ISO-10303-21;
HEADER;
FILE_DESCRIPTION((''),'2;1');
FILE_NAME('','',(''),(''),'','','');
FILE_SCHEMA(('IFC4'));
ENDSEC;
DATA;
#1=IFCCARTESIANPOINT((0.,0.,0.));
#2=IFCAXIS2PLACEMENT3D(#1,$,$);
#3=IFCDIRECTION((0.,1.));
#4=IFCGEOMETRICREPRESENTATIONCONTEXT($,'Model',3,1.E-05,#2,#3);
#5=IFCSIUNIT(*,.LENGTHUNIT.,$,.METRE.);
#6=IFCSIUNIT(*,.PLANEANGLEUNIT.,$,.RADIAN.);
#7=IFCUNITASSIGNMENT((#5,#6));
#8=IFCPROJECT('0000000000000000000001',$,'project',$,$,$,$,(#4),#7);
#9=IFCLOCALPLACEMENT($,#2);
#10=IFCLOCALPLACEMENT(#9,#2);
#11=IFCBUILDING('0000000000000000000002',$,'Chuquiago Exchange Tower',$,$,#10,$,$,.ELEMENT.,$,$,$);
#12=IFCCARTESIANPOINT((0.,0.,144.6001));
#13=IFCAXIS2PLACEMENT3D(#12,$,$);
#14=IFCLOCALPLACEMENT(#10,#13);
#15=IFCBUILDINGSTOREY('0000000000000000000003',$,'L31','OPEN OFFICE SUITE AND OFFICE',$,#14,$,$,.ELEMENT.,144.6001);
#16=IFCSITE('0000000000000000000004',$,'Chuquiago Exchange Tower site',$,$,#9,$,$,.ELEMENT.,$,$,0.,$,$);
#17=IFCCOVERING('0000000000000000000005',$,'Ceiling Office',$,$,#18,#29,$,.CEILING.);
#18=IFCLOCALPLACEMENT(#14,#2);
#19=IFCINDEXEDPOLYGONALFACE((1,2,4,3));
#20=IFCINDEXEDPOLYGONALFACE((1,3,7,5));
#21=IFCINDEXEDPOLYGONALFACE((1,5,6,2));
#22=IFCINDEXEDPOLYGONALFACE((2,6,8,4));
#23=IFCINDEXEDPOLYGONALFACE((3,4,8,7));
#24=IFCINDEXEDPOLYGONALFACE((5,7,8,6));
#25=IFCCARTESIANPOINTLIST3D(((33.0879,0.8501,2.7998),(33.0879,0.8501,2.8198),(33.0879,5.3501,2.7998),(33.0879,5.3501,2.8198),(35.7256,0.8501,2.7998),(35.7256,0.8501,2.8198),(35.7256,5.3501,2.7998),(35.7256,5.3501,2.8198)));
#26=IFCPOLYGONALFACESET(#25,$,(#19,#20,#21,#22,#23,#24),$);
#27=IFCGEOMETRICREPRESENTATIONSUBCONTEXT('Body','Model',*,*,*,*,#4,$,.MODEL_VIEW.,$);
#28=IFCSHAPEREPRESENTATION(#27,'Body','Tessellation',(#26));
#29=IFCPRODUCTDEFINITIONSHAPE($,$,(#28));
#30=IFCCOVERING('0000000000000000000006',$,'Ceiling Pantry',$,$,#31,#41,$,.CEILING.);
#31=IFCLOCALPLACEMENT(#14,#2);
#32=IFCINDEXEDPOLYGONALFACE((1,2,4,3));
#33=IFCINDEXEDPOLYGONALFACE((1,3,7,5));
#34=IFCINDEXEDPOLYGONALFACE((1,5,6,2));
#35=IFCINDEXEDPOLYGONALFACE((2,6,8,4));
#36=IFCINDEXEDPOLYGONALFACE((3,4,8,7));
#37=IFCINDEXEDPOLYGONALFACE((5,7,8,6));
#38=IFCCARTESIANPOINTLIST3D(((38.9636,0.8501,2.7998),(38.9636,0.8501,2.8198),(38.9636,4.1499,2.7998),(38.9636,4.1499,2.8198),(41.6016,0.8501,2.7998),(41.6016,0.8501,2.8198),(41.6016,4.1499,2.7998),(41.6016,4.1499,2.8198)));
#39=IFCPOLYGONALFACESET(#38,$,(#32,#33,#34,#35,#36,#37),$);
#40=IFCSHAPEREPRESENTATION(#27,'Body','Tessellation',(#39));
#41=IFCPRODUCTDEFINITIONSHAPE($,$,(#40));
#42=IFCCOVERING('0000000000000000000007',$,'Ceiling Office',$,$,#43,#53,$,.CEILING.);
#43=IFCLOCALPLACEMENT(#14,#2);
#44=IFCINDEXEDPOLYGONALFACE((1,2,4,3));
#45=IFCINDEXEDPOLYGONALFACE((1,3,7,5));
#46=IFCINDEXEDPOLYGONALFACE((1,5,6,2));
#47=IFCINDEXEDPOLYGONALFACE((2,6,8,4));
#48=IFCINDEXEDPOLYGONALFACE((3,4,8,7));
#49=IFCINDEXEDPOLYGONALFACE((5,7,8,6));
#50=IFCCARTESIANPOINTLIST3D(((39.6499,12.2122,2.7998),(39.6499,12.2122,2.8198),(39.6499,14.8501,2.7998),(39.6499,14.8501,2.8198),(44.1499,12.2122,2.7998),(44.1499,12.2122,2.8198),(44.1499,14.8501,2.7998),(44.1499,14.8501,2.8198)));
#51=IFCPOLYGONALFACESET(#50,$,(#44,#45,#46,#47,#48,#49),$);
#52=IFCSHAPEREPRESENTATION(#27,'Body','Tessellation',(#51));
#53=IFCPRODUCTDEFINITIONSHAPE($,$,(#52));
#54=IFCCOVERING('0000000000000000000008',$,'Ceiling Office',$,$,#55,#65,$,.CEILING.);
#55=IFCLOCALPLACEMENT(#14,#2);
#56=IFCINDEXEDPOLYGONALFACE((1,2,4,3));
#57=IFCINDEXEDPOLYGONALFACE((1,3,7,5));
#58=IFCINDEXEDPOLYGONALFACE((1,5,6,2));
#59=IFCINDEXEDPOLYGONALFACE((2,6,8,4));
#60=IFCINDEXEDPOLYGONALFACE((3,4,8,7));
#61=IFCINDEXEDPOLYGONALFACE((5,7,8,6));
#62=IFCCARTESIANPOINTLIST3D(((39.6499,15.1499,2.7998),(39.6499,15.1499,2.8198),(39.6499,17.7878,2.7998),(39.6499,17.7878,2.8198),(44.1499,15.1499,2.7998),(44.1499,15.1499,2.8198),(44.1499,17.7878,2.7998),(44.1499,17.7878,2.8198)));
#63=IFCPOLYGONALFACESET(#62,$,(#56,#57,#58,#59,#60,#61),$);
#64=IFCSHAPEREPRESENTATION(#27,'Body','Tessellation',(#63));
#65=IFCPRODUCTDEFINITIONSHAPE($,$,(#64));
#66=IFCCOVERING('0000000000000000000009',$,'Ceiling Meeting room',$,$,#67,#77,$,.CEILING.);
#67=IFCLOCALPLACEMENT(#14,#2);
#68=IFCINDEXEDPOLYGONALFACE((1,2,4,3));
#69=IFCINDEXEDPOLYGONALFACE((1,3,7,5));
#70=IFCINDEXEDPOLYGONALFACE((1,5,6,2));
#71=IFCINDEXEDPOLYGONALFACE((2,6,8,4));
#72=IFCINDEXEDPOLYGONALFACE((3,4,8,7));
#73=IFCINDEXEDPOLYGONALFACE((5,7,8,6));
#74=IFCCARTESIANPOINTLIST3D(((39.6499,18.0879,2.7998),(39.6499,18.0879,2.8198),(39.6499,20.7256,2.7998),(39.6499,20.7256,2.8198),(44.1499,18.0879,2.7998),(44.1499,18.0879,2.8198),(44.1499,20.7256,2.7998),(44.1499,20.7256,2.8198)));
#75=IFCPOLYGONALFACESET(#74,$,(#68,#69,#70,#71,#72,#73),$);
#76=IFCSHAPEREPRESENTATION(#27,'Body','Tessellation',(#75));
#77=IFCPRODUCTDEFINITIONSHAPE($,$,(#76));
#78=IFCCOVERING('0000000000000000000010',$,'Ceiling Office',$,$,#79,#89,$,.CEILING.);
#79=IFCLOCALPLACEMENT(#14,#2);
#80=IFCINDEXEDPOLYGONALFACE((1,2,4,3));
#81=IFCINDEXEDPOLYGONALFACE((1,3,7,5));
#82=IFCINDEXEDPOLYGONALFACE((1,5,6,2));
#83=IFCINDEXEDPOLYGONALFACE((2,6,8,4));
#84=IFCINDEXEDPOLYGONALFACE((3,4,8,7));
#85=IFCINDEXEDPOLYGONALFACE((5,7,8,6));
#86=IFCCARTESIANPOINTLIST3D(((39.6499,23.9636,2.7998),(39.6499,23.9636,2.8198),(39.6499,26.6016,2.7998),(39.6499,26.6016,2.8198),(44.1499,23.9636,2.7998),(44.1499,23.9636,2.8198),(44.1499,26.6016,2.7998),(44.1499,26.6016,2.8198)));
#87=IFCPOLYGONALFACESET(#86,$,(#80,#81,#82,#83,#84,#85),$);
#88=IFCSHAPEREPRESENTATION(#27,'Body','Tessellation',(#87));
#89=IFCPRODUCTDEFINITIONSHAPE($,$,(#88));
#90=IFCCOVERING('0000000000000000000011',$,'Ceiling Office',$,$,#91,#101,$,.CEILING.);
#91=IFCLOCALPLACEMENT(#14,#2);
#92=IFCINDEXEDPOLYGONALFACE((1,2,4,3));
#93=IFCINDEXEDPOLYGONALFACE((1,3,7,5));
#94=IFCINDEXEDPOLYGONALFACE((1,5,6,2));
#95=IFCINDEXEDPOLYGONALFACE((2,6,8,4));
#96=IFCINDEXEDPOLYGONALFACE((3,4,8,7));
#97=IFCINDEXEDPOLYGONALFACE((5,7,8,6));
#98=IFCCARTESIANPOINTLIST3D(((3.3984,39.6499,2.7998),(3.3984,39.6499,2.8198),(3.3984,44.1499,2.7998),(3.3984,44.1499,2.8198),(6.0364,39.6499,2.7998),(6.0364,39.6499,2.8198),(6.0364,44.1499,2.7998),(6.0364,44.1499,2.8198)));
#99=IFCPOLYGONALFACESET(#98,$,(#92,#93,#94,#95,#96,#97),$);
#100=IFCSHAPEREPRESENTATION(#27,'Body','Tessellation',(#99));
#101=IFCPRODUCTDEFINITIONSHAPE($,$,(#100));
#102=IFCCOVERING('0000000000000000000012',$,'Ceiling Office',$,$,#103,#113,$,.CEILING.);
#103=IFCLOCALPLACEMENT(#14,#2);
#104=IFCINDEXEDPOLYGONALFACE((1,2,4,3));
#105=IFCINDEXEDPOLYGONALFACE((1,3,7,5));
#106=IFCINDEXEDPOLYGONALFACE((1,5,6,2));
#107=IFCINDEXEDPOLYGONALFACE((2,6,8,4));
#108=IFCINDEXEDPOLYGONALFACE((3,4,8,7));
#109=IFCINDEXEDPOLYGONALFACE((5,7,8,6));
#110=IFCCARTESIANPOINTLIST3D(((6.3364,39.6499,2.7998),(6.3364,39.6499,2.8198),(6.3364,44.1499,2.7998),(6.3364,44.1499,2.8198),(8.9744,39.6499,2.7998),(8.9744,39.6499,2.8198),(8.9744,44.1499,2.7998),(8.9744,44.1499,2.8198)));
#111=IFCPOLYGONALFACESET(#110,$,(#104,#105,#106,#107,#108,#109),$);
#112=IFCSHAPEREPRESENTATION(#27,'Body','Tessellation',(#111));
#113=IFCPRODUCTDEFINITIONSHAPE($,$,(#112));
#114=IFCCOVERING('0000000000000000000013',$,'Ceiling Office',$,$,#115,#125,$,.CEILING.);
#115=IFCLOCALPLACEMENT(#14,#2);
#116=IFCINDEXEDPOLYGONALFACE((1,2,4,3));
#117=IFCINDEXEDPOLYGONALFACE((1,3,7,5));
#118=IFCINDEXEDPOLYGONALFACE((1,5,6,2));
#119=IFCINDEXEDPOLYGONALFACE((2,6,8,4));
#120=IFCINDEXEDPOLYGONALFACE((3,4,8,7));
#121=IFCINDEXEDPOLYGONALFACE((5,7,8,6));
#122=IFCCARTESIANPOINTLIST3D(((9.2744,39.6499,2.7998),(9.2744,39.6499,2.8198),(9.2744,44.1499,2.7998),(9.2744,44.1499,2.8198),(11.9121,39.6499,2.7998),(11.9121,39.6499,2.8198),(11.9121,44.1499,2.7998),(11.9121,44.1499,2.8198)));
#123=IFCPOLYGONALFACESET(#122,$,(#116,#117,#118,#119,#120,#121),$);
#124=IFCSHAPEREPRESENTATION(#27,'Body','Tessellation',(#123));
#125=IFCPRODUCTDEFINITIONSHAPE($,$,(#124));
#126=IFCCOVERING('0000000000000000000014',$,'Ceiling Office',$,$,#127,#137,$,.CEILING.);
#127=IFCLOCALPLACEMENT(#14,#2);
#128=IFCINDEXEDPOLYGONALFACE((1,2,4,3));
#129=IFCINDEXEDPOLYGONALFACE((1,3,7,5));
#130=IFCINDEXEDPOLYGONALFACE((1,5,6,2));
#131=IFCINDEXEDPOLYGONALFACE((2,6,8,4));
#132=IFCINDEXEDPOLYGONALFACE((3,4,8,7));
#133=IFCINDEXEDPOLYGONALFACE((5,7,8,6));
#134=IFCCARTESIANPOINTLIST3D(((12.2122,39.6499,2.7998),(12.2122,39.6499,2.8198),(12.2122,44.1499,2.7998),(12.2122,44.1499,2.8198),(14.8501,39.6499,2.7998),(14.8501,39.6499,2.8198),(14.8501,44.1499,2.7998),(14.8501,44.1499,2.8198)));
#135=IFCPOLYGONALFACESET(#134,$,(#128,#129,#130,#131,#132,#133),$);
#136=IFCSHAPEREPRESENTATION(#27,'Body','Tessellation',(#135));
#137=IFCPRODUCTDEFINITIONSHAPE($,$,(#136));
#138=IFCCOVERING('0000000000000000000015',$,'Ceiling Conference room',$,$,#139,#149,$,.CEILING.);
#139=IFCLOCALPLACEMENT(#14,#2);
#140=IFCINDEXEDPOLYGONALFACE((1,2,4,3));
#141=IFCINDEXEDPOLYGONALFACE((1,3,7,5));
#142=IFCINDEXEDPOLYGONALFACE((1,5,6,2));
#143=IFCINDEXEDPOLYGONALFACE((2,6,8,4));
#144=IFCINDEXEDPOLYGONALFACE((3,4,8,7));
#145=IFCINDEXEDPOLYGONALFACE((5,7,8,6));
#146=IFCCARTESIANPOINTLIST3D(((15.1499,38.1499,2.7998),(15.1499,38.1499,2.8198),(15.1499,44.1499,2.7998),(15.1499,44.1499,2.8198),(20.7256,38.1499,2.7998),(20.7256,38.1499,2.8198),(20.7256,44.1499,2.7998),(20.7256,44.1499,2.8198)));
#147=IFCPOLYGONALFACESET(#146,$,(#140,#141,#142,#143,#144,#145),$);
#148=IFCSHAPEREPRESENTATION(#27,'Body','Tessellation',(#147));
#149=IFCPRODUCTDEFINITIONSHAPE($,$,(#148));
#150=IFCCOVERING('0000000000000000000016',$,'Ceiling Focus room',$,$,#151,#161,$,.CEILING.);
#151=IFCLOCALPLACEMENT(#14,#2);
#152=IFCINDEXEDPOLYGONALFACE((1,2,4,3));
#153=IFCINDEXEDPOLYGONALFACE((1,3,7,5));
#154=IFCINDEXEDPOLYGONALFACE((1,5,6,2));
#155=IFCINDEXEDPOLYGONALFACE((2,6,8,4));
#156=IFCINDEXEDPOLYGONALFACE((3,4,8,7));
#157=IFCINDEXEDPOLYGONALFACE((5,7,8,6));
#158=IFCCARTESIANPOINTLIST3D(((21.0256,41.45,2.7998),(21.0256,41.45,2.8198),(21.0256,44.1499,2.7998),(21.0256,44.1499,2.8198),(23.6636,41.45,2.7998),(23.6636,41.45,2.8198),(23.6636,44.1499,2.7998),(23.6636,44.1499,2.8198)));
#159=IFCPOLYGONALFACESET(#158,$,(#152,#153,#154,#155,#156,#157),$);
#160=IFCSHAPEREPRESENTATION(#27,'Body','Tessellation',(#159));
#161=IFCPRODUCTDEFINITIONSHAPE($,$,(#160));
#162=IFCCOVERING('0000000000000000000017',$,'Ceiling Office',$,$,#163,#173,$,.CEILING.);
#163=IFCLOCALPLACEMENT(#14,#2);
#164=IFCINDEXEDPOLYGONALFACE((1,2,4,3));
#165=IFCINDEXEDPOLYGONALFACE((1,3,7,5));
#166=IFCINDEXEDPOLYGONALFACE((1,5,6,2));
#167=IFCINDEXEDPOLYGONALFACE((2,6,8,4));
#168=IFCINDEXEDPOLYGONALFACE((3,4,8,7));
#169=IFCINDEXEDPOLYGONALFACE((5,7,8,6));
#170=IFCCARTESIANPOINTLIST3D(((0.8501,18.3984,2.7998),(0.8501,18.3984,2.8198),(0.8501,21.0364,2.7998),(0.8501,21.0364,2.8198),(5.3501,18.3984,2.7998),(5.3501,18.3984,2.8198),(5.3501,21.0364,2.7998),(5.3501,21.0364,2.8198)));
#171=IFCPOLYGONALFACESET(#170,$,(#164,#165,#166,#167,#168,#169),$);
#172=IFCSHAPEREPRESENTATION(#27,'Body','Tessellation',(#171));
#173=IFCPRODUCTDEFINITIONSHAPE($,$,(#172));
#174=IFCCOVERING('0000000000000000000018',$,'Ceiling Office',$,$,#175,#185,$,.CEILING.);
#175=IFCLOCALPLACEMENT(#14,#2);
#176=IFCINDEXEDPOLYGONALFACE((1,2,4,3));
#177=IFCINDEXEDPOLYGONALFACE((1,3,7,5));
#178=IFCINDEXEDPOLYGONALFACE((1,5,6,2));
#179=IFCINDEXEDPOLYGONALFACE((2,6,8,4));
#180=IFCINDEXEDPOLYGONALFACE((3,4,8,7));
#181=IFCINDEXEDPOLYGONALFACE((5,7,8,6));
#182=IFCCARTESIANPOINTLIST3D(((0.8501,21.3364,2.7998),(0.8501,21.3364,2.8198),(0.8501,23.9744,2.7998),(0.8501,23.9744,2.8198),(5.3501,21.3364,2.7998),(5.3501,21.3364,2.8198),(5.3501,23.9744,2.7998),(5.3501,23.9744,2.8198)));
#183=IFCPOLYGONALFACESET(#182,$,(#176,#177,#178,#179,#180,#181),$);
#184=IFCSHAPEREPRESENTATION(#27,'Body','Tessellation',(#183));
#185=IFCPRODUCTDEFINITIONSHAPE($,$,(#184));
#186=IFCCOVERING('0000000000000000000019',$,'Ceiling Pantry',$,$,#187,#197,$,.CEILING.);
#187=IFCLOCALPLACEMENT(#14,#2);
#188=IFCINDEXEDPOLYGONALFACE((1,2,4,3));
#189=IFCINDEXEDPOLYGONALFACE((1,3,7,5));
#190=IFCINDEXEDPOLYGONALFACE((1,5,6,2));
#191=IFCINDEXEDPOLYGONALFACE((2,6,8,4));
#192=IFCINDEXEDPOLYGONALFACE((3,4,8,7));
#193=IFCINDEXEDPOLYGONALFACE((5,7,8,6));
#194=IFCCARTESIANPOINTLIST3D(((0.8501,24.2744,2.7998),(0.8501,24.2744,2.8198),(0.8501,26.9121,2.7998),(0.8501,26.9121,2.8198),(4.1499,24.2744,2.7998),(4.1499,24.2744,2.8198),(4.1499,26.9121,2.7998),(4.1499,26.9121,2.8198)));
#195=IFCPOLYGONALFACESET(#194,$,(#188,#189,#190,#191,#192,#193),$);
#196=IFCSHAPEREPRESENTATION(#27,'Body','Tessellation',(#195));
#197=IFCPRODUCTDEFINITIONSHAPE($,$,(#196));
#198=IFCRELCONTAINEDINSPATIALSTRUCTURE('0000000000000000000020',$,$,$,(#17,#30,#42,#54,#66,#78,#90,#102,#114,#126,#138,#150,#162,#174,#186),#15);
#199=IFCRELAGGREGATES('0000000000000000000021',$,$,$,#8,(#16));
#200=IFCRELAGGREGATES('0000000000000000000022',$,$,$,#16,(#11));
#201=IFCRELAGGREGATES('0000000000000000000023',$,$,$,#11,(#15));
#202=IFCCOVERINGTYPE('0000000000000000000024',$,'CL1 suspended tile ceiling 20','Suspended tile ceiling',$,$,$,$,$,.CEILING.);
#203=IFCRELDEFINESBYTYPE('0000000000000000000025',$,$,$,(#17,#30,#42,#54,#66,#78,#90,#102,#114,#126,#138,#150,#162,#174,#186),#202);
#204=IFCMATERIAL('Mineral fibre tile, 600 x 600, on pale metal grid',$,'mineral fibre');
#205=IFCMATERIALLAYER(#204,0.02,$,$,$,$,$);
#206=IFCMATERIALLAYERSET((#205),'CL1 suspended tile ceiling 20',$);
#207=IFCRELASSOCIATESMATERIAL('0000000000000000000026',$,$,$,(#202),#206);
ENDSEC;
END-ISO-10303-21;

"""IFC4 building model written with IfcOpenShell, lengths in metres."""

from ifc_helpers import new_model, si_unit, direction, frame, origin, place, context, subcontext, project, spatial, polyline, outline, extrude, material, layer, layer_set, type_object, element, save


model = new_model("IFC4")

# Units and contexts
model_context = context("Model", 3, precision=1e-05, world=origin(), true_north=direction((0.0, 1.0)))
body_context = subcontext(model_context, "Body", "Model", "MODEL_VIEW")
ifc_project = project(units=[si_unit("LENGTHUNIT", "METRE"), si_unit("PLANEANGLEUNIT", "RADIAN")], contexts=[model_context])

# Site, building, storey
site_placement = place(None, origin())
site = spatial("IfcSite", under=ifc_project, at=site_placement, Name="Chuquiago Exchange Tower site", CompositionType="ELEMENT", RefElevation=0.0)
building_placement = place(site_placement, origin())
building = spatial("IfcBuilding", under=site, at=building_placement, Name="Chuquiago Exchange Tower", CompositionType="ELEMENT")
storey_placement = place(building_placement, frame((0.0, 0.0, 144.6001)))
storey = spatial("IfcBuildingStorey", under=building, at=storey_placement, Name="L31", Description="OPEN OFFICE SUITE AND OFFICE", CompositionType="ELEMENT", Elevation=144.6001)

# Coverings
ifc_material_1 = material(Name="Mineral fibre tile, 600 x 600, on pale metal grid", Category="mineral fibre")
ifc_layer_1 = layer(ifc_material_1, 0.02)
ifc_layer_set_1 = layer_set([ifc_layer_1], Name="CL1 suspended tile ceiling 20")
covering_type_1 = type_object("IfcCoveringType", Name="CL1 suspended tile ceiling 20", Description="Suspended tile ceiling", PredefinedType="CEILING", material=ifc_layer_set_1)
covering_1_placement = place(storey_placement, frame((0.0, 0.0, 2.7998)))
element("IfcCovering", 1, at=covering_1_placement, inside=storey, type_object=covering_type_1, Name="Ceiling Office", PredefinedType="CEILING", context=body_context, shape_type="SweptSolid", body=[
    extrude(outline(polyline([(33.0879, 5.3501), (35.7256, 5.3501), (35.7256, 0.8501), (33.0879, 0.8501), (33.0879, 5.3501)])), origin(), (0.0, 0.0, 1.0), 0.02),
])
covering_2_placement = place(storey_placement, frame((0.0, 0.0, 2.7998)))
element("IfcCovering", 2, at=covering_2_placement, inside=storey, type_object=covering_type_1, Name="Ceiling Pantry", PredefinedType="CEILING", context=body_context, shape_type="SweptSolid", body=[
    extrude(outline(polyline([(38.9636, 0.8501), (38.9636, 4.1499), (41.6016, 4.1499), (41.6016, 0.8501), (38.9636, 0.8501)])), origin(), (0.0, 0.0, 1.0), 0.02),
])
covering_3_placement = place(storey_placement, frame((0.0, 0.0, 2.7998)))
element("IfcCovering", 3, at=covering_3_placement, inside=storey, type_object=covering_type_1, Name="Ceiling Office", PredefinedType="CEILING", context=body_context, shape_type="SweptSolid", body=[
    extrude(outline(polyline([(39.6499, 12.2122), (39.6499, 14.8501), (44.1499, 14.8501), (44.1499, 12.2122), (39.6499, 12.2122)])), origin(), (0.0, 0.0, 1.0), 0.02),
])
covering_4_placement = place(storey_placement, frame((0.0, 0.0, 2.7998)))
element("IfcCovering", 4, at=covering_4_placement, inside=storey, type_object=covering_type_1, Name="Ceiling Office", PredefinedType="CEILING", context=body_context, shape_type="SweptSolid", body=[
    extrude(outline(polyline([(39.6499, 15.1499), (39.6499, 17.7878), (44.1499, 17.7878), (44.1499, 15.1499), (39.6499, 15.1499)])), origin(), (0.0, 0.0, 1.0), 0.02),
])
covering_5_placement = place(storey_placement, frame((0.0, 0.0, 2.7998)))
element("IfcCovering", 5, at=covering_5_placement, inside=storey, type_object=covering_type_1, Name="Ceiling Meeting room", PredefinedType="CEILING", context=body_context, shape_type="SweptSolid", body=[
    extrude(outline(polyline([(39.6499, 18.0879), (39.6499, 20.7256), (44.1499, 20.7256), (44.1499, 18.0879), (39.6499, 18.0879)])), origin(), (0.0, 0.0, 1.0), 0.02),
])
covering_6_placement = place(storey_placement, frame((0.0, 0.0, 2.7998)))
element("IfcCovering", 6, at=covering_6_placement, inside=storey, type_object=covering_type_1, Name="Ceiling Office", PredefinedType="CEILING", context=body_context, shape_type="SweptSolid", body=[
    extrude(outline(polyline([(44.1499, 23.9636), (39.6499, 23.9636), (39.6499, 26.6016), (44.1499, 26.6016), (44.1499, 23.9636)])), origin(), (0.0, 0.0, 1.0), 0.02),
])
covering_7_placement = place(storey_placement, frame((0.0, 0.0, 2.7998)))
element("IfcCovering", 7, at=covering_7_placement, inside=storey, type_object=covering_type_1, Name="Ceiling Office", PredefinedType="CEILING", context=body_context, shape_type="SweptSolid", body=[
    extrude(outline(polyline([(6.0364, 44.1499), (6.0364, 39.6499), (3.3984, 39.6499), (3.3984, 44.1499), (6.0364, 44.1499)])), origin(), (0.0, 0.0, 1.0), 0.02),
])
covering_8_placement = place(storey_placement, frame((0.0, 0.0, 2.7998)))
element("IfcCovering", 8, at=covering_8_placement, inside=storey, type_object=covering_type_1, Name="Ceiling Office", PredefinedType="CEILING", context=body_context, shape_type="SweptSolid", body=[
    extrude(outline(polyline([(8.9744, 39.6499), (6.3364, 39.6499), (6.3364, 44.1499), (8.9744, 44.1499), (8.9744, 39.6499)])), origin(), (0.0, 0.0, 1.0), 0.02),
])
covering_9_placement = place(storey_placement, frame((0.0, 0.0, 2.7998)))
element("IfcCovering", 9, at=covering_9_placement, inside=storey, type_object=covering_type_1, Name="Ceiling Office", PredefinedType="CEILING", context=body_context, shape_type="SweptSolid", body=[
    extrude(outline(polyline([(11.9121, 39.6499), (9.2744, 39.6499), (9.2744, 44.1499), (11.9121, 44.1499), (11.9121, 39.6499)])), origin(), (0.0, 0.0, 1.0), 0.02),
])
covering_10_placement = place(storey_placement, frame((0.0, 0.0, 2.7998)))
element("IfcCovering", 10, at=covering_10_placement, inside=storey, type_object=covering_type_1, Name="Ceiling Office", PredefinedType="CEILING", context=body_context, shape_type="SweptSolid", body=[
    extrude(outline(polyline([(14.8501, 39.6499), (12.2122, 39.6499), (12.2122, 44.1499), (14.8501, 44.1499), (14.8501, 39.6499)])), origin(), (0.0, 0.0, 1.0), 0.02),
])
covering_11_placement = place(storey_placement, frame((0.0, 0.0, 2.7998)))
element("IfcCovering", 11, at=covering_11_placement, inside=storey, type_object=covering_type_1, Name="Ceiling Conference room", PredefinedType="CEILING", context=body_context, shape_type="SweptSolid", body=[
    extrude(outline(polyline([(20.7256, 38.1499), (15.1499, 38.1499), (15.1499, 44.1499), (20.7256, 44.1499), (20.7256, 38.1499)])), origin(), (0.0, 0.0, 1.0), 0.02),
])
covering_12_placement = place(storey_placement, frame((0.0, 0.0, 2.7998)))
element("IfcCovering", 12, at=covering_12_placement, inside=storey, type_object=covering_type_1, Name="Ceiling Focus room", PredefinedType="CEILING", context=body_context, shape_type="SweptSolid", body=[
    extrude(outline(polyline([(23.6636, 41.45), (21.0256, 41.45), (21.0256, 44.1499), (23.6636, 44.1499), (23.6636, 41.45)])), origin(), (0.0, 0.0, 1.0), 0.02),
])
covering_13_placement = place(storey_placement, frame((0.0, 0.0, 2.7998)))
element("IfcCovering", 13, at=covering_13_placement, inside=storey, type_object=covering_type_1, Name="Ceiling Office", PredefinedType="CEILING", context=body_context, shape_type="SweptSolid", body=[
    extrude(outline(polyline([(0.8501, 21.0364), (5.3501, 21.0364), (5.3501, 18.3984), (0.8501, 18.3984), (0.8501, 21.0364)])), origin(), (0.0, 0.0, 1.0), 0.02),
])
covering_14_placement = place(storey_placement, frame((0.0, 0.0, 2.7998)))
element("IfcCovering", 14, at=covering_14_placement, inside=storey, type_object=covering_type_1, Name="Ceiling Office", PredefinedType="CEILING", context=body_context, shape_type="SweptSolid", body=[
    extrude(outline(polyline([(5.3501, 23.9744), (5.3501, 21.3364), (0.8501, 21.3364), (0.8501, 23.9744), (5.3501, 23.9744)])), origin(), (0.0, 0.0, 1.0), 0.02),
])
covering_15_placement = place(storey_placement, frame((0.0, 0.0, 2.7998)))
element("IfcCovering", 15, at=covering_15_placement, inside=storey, type_object=covering_type_1, Name="Ceiling Pantry", PredefinedType="CEILING", context=body_context, shape_type="SweptSolid", body=[
    extrude(outline(polyline([(4.1499, 26.9121), (4.1499, 24.2744), (0.8501, 24.2744), (0.8501, 26.9121), (4.1499, 26.9121)])), origin(), (0.0, 0.0, 1.0), 0.02),
])

save(model, "model.ifc")
